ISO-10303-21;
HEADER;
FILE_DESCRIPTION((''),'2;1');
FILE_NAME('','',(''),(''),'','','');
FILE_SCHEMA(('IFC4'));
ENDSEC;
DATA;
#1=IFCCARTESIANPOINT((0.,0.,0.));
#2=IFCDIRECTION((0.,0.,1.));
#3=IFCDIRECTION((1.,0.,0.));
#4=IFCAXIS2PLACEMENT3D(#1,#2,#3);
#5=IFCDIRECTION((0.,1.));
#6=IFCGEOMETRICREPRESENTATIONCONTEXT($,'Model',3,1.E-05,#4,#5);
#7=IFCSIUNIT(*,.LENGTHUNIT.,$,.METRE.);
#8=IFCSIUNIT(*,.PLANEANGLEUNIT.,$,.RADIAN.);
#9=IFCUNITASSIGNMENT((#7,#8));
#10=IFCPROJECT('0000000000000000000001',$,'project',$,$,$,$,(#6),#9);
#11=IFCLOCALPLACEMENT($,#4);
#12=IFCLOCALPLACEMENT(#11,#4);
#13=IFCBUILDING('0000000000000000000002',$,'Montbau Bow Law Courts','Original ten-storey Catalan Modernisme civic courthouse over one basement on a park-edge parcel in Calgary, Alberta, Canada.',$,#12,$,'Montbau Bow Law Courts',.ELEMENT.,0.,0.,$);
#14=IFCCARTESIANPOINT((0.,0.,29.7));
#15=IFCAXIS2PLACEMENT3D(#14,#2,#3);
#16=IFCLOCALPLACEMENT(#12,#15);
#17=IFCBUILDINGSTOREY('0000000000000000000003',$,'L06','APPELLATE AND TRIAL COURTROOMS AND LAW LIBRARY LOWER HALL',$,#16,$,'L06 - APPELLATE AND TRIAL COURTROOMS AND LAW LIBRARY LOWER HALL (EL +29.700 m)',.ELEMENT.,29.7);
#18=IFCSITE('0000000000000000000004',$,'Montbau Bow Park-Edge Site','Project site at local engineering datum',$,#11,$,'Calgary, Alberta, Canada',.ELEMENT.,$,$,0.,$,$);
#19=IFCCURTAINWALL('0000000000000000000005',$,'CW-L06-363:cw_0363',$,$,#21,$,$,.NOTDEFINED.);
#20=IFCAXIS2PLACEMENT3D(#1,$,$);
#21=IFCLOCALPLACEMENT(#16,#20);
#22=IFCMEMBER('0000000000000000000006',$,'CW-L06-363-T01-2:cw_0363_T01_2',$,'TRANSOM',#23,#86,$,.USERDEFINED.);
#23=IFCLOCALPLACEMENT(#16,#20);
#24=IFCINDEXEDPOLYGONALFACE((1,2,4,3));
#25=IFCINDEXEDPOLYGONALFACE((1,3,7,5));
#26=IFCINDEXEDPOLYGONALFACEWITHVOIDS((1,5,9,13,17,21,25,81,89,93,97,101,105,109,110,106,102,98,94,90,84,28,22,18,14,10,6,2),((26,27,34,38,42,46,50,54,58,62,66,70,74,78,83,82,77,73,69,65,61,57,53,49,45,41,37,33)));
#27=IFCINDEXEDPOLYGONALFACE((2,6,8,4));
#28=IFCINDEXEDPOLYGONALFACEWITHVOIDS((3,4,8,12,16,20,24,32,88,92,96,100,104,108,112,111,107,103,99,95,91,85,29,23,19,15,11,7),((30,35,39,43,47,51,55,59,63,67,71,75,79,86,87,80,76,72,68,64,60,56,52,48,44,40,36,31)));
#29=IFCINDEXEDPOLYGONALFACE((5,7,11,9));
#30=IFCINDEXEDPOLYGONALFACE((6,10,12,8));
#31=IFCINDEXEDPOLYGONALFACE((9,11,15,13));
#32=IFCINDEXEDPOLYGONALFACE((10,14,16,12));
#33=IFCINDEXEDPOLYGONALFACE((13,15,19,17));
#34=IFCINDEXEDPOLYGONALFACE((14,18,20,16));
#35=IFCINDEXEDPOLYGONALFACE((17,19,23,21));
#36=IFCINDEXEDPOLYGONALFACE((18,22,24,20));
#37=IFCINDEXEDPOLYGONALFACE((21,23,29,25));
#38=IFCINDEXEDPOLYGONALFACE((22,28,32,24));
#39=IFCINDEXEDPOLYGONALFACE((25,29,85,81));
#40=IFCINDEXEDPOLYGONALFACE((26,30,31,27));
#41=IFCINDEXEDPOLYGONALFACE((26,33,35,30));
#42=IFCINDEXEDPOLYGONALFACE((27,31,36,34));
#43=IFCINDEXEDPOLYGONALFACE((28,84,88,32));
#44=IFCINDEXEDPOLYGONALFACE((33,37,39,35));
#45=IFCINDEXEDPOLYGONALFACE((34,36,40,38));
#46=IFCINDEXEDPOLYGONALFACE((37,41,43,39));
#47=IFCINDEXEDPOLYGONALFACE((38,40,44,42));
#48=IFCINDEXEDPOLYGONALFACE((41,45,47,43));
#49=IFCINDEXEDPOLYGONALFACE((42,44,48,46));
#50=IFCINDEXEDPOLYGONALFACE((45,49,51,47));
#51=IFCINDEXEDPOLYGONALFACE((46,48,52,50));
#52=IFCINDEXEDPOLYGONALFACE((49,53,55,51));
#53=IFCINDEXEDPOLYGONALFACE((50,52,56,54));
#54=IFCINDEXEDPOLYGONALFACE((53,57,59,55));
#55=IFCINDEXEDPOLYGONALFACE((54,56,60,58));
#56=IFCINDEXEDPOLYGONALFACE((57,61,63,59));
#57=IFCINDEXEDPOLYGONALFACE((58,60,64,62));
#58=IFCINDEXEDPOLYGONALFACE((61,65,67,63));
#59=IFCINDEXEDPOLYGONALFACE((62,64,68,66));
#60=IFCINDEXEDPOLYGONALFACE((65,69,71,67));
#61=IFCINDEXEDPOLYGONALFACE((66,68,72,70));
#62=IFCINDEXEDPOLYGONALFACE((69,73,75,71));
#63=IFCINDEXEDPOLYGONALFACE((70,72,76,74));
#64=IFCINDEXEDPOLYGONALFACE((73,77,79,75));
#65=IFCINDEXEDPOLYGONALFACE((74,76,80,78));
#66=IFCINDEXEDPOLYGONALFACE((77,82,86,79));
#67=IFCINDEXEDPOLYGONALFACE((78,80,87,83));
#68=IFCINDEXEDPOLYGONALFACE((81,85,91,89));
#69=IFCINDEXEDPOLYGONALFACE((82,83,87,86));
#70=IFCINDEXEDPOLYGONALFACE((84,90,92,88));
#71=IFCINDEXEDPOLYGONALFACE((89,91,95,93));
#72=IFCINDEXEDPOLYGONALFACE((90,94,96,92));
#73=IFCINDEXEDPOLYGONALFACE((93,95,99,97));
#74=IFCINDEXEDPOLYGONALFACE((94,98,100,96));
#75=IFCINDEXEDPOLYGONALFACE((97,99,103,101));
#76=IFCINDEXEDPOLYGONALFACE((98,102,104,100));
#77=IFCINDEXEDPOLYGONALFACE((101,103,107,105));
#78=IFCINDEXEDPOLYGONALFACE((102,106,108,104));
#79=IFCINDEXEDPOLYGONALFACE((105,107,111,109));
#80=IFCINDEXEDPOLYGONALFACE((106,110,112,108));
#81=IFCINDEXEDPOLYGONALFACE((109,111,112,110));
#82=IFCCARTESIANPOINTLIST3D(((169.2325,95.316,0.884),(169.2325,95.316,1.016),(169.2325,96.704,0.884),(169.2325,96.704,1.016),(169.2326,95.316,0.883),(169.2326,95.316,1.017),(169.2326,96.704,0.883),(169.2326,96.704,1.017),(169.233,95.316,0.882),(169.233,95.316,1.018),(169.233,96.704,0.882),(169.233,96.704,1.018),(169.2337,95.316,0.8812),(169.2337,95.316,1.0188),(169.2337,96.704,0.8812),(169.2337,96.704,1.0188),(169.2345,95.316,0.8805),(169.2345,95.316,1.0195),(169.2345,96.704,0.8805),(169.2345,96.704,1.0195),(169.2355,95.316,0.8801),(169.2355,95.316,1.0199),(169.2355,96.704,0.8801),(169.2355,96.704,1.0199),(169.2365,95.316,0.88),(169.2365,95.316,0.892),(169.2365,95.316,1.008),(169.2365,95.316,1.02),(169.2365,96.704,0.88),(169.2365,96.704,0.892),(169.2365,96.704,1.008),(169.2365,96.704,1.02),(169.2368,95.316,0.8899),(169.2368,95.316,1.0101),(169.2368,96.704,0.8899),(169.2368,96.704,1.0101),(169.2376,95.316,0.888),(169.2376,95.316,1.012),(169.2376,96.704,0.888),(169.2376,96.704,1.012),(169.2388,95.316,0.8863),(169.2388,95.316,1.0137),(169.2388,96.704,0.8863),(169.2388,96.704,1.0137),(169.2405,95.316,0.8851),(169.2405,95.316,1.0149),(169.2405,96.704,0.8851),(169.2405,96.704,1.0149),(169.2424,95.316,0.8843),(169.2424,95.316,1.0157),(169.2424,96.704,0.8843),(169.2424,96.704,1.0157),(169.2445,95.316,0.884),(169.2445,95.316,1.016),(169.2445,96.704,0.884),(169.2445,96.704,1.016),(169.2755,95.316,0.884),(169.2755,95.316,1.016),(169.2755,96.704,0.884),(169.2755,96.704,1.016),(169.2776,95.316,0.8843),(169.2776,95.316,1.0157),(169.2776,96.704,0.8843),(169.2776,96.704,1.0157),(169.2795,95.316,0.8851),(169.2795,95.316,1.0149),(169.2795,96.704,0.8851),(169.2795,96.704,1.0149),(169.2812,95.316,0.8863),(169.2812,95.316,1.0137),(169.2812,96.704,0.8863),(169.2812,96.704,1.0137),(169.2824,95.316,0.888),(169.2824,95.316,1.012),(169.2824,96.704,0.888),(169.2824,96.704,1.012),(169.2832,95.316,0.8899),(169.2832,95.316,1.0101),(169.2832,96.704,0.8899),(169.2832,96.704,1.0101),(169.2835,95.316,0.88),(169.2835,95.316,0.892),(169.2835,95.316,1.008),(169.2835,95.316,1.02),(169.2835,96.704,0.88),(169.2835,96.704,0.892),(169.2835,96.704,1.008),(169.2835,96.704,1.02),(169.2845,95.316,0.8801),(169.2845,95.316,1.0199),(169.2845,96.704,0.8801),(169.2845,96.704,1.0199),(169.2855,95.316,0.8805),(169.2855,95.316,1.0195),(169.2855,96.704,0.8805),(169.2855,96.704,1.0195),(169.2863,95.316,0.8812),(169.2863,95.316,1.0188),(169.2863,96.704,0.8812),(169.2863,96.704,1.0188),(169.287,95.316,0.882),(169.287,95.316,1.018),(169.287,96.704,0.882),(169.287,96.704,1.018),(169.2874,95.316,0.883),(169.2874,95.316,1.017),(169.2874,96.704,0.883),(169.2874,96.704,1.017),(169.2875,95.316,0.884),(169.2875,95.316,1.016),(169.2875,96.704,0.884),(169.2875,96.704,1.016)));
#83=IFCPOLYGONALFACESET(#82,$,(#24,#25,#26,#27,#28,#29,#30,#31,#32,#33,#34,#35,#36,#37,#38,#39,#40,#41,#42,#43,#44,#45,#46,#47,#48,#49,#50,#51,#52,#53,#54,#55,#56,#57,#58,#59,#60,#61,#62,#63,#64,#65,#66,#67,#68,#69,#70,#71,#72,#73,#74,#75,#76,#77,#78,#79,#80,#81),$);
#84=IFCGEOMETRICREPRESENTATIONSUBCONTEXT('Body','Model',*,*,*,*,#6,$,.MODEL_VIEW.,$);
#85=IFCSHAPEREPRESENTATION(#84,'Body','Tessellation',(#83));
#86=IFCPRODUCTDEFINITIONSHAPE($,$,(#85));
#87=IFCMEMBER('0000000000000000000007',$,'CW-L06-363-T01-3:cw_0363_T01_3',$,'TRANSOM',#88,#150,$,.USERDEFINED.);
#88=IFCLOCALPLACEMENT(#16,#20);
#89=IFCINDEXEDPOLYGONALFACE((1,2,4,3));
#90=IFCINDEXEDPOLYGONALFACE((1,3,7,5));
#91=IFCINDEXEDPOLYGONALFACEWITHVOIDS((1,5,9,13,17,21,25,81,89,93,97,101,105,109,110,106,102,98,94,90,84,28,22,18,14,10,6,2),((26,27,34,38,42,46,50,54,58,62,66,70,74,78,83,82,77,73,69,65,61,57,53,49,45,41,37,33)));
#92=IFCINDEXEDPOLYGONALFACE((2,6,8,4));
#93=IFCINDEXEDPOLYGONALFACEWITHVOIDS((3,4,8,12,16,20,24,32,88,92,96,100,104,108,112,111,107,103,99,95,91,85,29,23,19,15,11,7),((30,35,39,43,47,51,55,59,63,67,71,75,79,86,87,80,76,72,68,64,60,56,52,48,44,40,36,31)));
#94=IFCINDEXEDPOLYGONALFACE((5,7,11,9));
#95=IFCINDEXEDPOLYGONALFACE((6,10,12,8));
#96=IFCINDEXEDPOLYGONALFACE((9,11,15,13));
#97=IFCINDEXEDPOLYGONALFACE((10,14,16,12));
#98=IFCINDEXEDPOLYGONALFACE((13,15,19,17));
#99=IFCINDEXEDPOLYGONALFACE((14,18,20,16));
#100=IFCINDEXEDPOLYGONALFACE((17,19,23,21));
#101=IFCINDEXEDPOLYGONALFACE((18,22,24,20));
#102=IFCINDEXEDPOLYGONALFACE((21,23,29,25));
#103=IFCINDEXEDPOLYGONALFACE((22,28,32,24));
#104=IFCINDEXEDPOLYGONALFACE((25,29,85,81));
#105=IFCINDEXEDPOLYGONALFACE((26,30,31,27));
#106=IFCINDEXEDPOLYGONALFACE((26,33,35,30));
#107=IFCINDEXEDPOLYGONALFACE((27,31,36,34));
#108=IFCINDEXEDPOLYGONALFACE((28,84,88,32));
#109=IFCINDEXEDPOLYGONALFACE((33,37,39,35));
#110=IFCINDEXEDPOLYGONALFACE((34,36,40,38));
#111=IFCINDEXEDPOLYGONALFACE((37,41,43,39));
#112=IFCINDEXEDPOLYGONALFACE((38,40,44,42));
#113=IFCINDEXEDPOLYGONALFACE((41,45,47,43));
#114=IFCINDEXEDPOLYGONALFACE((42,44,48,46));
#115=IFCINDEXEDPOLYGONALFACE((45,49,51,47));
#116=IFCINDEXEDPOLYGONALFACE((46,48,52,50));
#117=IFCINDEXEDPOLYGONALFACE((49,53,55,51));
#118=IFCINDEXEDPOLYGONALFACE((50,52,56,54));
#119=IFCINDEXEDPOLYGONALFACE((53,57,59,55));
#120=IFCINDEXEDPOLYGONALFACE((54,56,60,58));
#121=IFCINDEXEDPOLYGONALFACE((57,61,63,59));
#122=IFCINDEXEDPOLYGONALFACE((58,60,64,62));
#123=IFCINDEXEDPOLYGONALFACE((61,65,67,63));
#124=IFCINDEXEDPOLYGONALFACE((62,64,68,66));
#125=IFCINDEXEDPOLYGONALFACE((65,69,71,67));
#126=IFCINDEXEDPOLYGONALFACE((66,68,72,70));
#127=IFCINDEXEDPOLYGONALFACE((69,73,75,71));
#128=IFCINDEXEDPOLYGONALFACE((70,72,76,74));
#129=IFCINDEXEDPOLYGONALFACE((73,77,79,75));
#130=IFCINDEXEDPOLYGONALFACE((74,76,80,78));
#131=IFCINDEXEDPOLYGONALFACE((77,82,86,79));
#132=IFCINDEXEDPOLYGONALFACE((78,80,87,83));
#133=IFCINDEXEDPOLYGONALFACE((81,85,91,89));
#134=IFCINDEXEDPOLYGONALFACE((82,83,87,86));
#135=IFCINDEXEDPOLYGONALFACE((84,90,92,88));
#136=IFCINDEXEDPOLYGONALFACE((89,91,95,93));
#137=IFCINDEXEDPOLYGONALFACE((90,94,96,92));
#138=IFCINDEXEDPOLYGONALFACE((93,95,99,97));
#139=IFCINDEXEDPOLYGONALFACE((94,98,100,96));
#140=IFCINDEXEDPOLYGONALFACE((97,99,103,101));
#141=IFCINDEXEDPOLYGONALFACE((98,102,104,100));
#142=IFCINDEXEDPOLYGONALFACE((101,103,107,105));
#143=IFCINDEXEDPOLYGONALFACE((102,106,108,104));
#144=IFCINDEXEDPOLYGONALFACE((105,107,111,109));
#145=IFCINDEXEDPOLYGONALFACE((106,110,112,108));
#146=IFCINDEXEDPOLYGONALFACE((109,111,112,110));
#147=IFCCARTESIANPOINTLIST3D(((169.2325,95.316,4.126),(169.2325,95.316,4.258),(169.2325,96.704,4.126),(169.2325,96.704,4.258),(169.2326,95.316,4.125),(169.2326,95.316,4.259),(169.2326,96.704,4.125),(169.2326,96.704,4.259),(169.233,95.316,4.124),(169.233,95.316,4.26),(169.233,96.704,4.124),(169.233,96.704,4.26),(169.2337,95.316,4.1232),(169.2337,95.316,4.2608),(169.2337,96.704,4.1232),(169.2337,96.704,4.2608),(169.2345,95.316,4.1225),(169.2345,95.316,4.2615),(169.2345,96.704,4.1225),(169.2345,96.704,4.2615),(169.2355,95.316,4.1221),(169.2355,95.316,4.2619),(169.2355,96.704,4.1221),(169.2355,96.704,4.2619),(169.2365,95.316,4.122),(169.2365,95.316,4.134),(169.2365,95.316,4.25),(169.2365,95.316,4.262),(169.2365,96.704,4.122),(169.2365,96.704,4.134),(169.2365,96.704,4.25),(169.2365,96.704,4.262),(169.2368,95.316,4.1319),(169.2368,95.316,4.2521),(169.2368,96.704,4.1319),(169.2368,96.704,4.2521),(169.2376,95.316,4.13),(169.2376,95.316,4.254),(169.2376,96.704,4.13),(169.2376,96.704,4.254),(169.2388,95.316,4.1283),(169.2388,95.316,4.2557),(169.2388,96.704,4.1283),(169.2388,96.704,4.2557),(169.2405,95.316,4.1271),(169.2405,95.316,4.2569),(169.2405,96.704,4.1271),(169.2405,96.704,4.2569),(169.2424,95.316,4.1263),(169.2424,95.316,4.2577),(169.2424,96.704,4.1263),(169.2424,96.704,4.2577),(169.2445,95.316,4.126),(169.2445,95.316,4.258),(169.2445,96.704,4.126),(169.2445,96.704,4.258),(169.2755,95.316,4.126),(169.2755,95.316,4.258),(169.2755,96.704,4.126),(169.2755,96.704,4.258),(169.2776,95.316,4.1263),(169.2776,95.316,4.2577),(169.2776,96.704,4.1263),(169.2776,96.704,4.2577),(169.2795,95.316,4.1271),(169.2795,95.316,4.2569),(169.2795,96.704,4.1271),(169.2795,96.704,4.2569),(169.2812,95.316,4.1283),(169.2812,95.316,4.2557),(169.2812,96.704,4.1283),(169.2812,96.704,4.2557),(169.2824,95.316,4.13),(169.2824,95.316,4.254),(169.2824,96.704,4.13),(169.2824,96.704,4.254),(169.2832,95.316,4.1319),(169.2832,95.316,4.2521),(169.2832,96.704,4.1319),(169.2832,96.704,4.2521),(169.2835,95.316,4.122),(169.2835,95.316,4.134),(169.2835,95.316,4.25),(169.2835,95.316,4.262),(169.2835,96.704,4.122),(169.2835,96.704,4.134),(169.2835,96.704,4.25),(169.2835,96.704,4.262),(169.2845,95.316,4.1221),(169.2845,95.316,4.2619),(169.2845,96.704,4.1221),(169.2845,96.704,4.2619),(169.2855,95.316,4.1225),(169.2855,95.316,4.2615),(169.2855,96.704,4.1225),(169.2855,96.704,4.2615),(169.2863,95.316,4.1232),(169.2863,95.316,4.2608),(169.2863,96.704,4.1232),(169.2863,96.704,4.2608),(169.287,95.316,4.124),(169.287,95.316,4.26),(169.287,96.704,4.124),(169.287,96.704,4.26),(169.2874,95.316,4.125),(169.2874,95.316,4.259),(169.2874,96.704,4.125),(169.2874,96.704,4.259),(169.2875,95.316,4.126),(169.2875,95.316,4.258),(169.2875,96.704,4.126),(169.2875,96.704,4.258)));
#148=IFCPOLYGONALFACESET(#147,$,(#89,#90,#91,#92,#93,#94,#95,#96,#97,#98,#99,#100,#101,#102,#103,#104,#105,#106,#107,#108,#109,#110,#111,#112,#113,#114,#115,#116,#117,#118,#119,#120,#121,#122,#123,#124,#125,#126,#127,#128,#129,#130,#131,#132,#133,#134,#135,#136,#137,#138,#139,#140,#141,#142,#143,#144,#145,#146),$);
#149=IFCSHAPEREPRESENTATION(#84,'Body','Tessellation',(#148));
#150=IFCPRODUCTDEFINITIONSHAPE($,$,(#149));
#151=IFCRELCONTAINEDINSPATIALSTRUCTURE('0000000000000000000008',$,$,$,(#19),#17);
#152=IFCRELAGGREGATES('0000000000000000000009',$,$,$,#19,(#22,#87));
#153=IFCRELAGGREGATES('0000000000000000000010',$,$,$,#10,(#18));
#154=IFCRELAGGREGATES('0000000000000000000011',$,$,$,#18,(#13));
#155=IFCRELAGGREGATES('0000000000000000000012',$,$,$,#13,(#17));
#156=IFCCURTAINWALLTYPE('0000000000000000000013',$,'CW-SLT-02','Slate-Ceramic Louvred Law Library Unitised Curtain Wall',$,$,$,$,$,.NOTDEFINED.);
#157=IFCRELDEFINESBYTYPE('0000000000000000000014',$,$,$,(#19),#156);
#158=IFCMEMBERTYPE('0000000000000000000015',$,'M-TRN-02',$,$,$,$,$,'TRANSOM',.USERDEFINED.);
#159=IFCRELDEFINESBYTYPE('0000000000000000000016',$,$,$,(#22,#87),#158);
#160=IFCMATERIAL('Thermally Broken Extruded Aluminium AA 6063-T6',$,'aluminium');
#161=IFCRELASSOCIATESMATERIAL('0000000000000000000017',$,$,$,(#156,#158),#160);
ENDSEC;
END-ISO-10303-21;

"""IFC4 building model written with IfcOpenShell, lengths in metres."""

from ifc_helpers import new_model, si_unit, direction, frame, origin_with_axes, origin_2d_with_axis, place, context, subcontext, project, spatial, hollow_rectangle, extrude, material, material_profile, profile_set, type_object, element, aggregate, save


model = new_model("IFC4")

# Units and contexts
model_context = context("Model", 3, precision=1e-05, world=origin_with_axes(), true_north=direction((0.0, 1.0)))
body_context = subcontext(model_context, "Body", "Model", "MODEL_VIEW")
ifc_project = project(units=[si_unit("LENGTHUNIT", "METRE"), si_unit("PLANEANGLEUNIT", "RADIAN")], contexts=[model_context])

# Site, building, storey
site_placement = place(None, origin_with_axes())
site = spatial("IfcSite", under=ifc_project, at=site_placement, Name="Montbau Bow Park-Edge Site", Description="Project site at local engineering datum", LongName="Calgary, Alberta, Canada", CompositionType="ELEMENT", RefElevation=0.0)
building_placement = place(site_placement, origin_with_axes())
building = spatial("IfcBuilding", under=site, at=building_placement, Name="Montbau Bow Law Courts", Description="Original ten-storey Catalan Modernisme civic courthouse over one basement on a park-edge parcel in Calgary, Alberta, Canada.", LongName="Montbau Bow Law Courts", CompositionType="ELEMENT", ElevationOfRefHeight=0.0, ElevationOfTerrain=0.0)
storey_placement = place(building_placement, frame((0.0, 0.0, 29.7), z_axis=(0.0, 0.0, 1.0), x_axis=(1.0, 0.0, 0.0)))
storey = spatial("IfcBuildingStorey", under=building, at=storey_placement, Name="L06", Description="APPELLATE AND TRIAL COURTROOMS AND LAW LIBRARY LOWER HALL", LongName="L06 - APPELLATE AND TRIAL COURTROOMS AND LAW LIBRARY LOWER HALL (EL +29.700 m)", CompositionType="ELEMENT", Elevation=29.7)

# Curtain wall, members
ifc_material_1 = material(Name="Thermally Broken Extruded Aluminium AA 6063-T6", Category="aluminium")
curtain_wall_type = type_object("IfcCurtainWallType", Name="CW-SLT-02", Description="Slate-Ceramic Louvred Law Library Unitised Curtain Wall", PredefinedType="NOTDEFINED", material=ifc_material_1)
curtain_wall_placement = place(None, frame((169.26, 95.24, 29.7), z_axis=(0.0, 0.0, 1.0), x_axis=(1.0, 0.0, 0.0)))
curtain_wall = element("IfcCurtainWall", 1, at=curtain_wall_placement, inside=storey, type_object=curtain_wall_type, Name="CW-L06-363:cw_0363", PredefinedType="NOTDEFINED")
ifc_material_profile_1 = material_profile(ifc_material_1, hollow_rectangle(XDim=0.055, YDim=0.14, WallThickness=0.004, InnerFilletRadius=0.008, OuterFilletRadius=0.004, at=origin_2d_with_axis()), Name="CWT-140X55", Category="Main", Priority=0)
ifc_profile_set_1 = profile_set([ifc_material_profile_1], Name="Thermally Broken Extruded Aluminium AA 6063-T6")
member_type_1 = type_object("IfcMemberType", Name="M-TRN-02", ElementType="TRANSOM", PredefinedType="USERDEFINED", material=ifc_profile_set_1)
member_1_placement = place(None, frame((169.26, 95.316, 30.65), z_axis=(0.0, 1.0, 0.0), x_axis=(-1.0, 0.0, 0.0)))
member_1 = element("IfcMember", 2, at=member_1_placement, type_object=member_type_1, Name="CW-L06-363-T01-2:cw_0363_T01_2", ObjectType="TRANSOM", PredefinedType="USERDEFINED", context=body_context, shape_type="SweptSolid", body=[
    extrude(hollow_rectangle(XDim=0.055, YDim=0.14, WallThickness=0.004, InnerFilletRadius=0.008, OuterFilletRadius=0.004, at=origin_2d_with_axis()), origin_with_axes(), (0.0, 0.0, 1.0), 1.388),
])
member_2_placement = place(None, frame((169.26, 95.316, 33.892), z_axis=(0.0, 1.0, 0.0), x_axis=(-1.0, 0.0, 0.0)))
member_2 = element("IfcMember", 3, at=member_2_placement, type_object=member_type_1, Name="CW-L06-363-T01-3:cw_0363_T01_3", ObjectType="TRANSOM", PredefinedType="USERDEFINED", context=body_context, shape_type="SweptSolid", body=[
    extrude(hollow_rectangle(XDim=0.055, YDim=0.14, WallThickness=0.004, InnerFilletRadius=0.008, OuterFilletRadius=0.004, at=origin_2d_with_axis()), origin_with_axes(), (0.0, 0.0, 1.0), 1.388),
])
aggregate(curtain_wall, [member_1, member_2])

save(model, "model.ifc")
